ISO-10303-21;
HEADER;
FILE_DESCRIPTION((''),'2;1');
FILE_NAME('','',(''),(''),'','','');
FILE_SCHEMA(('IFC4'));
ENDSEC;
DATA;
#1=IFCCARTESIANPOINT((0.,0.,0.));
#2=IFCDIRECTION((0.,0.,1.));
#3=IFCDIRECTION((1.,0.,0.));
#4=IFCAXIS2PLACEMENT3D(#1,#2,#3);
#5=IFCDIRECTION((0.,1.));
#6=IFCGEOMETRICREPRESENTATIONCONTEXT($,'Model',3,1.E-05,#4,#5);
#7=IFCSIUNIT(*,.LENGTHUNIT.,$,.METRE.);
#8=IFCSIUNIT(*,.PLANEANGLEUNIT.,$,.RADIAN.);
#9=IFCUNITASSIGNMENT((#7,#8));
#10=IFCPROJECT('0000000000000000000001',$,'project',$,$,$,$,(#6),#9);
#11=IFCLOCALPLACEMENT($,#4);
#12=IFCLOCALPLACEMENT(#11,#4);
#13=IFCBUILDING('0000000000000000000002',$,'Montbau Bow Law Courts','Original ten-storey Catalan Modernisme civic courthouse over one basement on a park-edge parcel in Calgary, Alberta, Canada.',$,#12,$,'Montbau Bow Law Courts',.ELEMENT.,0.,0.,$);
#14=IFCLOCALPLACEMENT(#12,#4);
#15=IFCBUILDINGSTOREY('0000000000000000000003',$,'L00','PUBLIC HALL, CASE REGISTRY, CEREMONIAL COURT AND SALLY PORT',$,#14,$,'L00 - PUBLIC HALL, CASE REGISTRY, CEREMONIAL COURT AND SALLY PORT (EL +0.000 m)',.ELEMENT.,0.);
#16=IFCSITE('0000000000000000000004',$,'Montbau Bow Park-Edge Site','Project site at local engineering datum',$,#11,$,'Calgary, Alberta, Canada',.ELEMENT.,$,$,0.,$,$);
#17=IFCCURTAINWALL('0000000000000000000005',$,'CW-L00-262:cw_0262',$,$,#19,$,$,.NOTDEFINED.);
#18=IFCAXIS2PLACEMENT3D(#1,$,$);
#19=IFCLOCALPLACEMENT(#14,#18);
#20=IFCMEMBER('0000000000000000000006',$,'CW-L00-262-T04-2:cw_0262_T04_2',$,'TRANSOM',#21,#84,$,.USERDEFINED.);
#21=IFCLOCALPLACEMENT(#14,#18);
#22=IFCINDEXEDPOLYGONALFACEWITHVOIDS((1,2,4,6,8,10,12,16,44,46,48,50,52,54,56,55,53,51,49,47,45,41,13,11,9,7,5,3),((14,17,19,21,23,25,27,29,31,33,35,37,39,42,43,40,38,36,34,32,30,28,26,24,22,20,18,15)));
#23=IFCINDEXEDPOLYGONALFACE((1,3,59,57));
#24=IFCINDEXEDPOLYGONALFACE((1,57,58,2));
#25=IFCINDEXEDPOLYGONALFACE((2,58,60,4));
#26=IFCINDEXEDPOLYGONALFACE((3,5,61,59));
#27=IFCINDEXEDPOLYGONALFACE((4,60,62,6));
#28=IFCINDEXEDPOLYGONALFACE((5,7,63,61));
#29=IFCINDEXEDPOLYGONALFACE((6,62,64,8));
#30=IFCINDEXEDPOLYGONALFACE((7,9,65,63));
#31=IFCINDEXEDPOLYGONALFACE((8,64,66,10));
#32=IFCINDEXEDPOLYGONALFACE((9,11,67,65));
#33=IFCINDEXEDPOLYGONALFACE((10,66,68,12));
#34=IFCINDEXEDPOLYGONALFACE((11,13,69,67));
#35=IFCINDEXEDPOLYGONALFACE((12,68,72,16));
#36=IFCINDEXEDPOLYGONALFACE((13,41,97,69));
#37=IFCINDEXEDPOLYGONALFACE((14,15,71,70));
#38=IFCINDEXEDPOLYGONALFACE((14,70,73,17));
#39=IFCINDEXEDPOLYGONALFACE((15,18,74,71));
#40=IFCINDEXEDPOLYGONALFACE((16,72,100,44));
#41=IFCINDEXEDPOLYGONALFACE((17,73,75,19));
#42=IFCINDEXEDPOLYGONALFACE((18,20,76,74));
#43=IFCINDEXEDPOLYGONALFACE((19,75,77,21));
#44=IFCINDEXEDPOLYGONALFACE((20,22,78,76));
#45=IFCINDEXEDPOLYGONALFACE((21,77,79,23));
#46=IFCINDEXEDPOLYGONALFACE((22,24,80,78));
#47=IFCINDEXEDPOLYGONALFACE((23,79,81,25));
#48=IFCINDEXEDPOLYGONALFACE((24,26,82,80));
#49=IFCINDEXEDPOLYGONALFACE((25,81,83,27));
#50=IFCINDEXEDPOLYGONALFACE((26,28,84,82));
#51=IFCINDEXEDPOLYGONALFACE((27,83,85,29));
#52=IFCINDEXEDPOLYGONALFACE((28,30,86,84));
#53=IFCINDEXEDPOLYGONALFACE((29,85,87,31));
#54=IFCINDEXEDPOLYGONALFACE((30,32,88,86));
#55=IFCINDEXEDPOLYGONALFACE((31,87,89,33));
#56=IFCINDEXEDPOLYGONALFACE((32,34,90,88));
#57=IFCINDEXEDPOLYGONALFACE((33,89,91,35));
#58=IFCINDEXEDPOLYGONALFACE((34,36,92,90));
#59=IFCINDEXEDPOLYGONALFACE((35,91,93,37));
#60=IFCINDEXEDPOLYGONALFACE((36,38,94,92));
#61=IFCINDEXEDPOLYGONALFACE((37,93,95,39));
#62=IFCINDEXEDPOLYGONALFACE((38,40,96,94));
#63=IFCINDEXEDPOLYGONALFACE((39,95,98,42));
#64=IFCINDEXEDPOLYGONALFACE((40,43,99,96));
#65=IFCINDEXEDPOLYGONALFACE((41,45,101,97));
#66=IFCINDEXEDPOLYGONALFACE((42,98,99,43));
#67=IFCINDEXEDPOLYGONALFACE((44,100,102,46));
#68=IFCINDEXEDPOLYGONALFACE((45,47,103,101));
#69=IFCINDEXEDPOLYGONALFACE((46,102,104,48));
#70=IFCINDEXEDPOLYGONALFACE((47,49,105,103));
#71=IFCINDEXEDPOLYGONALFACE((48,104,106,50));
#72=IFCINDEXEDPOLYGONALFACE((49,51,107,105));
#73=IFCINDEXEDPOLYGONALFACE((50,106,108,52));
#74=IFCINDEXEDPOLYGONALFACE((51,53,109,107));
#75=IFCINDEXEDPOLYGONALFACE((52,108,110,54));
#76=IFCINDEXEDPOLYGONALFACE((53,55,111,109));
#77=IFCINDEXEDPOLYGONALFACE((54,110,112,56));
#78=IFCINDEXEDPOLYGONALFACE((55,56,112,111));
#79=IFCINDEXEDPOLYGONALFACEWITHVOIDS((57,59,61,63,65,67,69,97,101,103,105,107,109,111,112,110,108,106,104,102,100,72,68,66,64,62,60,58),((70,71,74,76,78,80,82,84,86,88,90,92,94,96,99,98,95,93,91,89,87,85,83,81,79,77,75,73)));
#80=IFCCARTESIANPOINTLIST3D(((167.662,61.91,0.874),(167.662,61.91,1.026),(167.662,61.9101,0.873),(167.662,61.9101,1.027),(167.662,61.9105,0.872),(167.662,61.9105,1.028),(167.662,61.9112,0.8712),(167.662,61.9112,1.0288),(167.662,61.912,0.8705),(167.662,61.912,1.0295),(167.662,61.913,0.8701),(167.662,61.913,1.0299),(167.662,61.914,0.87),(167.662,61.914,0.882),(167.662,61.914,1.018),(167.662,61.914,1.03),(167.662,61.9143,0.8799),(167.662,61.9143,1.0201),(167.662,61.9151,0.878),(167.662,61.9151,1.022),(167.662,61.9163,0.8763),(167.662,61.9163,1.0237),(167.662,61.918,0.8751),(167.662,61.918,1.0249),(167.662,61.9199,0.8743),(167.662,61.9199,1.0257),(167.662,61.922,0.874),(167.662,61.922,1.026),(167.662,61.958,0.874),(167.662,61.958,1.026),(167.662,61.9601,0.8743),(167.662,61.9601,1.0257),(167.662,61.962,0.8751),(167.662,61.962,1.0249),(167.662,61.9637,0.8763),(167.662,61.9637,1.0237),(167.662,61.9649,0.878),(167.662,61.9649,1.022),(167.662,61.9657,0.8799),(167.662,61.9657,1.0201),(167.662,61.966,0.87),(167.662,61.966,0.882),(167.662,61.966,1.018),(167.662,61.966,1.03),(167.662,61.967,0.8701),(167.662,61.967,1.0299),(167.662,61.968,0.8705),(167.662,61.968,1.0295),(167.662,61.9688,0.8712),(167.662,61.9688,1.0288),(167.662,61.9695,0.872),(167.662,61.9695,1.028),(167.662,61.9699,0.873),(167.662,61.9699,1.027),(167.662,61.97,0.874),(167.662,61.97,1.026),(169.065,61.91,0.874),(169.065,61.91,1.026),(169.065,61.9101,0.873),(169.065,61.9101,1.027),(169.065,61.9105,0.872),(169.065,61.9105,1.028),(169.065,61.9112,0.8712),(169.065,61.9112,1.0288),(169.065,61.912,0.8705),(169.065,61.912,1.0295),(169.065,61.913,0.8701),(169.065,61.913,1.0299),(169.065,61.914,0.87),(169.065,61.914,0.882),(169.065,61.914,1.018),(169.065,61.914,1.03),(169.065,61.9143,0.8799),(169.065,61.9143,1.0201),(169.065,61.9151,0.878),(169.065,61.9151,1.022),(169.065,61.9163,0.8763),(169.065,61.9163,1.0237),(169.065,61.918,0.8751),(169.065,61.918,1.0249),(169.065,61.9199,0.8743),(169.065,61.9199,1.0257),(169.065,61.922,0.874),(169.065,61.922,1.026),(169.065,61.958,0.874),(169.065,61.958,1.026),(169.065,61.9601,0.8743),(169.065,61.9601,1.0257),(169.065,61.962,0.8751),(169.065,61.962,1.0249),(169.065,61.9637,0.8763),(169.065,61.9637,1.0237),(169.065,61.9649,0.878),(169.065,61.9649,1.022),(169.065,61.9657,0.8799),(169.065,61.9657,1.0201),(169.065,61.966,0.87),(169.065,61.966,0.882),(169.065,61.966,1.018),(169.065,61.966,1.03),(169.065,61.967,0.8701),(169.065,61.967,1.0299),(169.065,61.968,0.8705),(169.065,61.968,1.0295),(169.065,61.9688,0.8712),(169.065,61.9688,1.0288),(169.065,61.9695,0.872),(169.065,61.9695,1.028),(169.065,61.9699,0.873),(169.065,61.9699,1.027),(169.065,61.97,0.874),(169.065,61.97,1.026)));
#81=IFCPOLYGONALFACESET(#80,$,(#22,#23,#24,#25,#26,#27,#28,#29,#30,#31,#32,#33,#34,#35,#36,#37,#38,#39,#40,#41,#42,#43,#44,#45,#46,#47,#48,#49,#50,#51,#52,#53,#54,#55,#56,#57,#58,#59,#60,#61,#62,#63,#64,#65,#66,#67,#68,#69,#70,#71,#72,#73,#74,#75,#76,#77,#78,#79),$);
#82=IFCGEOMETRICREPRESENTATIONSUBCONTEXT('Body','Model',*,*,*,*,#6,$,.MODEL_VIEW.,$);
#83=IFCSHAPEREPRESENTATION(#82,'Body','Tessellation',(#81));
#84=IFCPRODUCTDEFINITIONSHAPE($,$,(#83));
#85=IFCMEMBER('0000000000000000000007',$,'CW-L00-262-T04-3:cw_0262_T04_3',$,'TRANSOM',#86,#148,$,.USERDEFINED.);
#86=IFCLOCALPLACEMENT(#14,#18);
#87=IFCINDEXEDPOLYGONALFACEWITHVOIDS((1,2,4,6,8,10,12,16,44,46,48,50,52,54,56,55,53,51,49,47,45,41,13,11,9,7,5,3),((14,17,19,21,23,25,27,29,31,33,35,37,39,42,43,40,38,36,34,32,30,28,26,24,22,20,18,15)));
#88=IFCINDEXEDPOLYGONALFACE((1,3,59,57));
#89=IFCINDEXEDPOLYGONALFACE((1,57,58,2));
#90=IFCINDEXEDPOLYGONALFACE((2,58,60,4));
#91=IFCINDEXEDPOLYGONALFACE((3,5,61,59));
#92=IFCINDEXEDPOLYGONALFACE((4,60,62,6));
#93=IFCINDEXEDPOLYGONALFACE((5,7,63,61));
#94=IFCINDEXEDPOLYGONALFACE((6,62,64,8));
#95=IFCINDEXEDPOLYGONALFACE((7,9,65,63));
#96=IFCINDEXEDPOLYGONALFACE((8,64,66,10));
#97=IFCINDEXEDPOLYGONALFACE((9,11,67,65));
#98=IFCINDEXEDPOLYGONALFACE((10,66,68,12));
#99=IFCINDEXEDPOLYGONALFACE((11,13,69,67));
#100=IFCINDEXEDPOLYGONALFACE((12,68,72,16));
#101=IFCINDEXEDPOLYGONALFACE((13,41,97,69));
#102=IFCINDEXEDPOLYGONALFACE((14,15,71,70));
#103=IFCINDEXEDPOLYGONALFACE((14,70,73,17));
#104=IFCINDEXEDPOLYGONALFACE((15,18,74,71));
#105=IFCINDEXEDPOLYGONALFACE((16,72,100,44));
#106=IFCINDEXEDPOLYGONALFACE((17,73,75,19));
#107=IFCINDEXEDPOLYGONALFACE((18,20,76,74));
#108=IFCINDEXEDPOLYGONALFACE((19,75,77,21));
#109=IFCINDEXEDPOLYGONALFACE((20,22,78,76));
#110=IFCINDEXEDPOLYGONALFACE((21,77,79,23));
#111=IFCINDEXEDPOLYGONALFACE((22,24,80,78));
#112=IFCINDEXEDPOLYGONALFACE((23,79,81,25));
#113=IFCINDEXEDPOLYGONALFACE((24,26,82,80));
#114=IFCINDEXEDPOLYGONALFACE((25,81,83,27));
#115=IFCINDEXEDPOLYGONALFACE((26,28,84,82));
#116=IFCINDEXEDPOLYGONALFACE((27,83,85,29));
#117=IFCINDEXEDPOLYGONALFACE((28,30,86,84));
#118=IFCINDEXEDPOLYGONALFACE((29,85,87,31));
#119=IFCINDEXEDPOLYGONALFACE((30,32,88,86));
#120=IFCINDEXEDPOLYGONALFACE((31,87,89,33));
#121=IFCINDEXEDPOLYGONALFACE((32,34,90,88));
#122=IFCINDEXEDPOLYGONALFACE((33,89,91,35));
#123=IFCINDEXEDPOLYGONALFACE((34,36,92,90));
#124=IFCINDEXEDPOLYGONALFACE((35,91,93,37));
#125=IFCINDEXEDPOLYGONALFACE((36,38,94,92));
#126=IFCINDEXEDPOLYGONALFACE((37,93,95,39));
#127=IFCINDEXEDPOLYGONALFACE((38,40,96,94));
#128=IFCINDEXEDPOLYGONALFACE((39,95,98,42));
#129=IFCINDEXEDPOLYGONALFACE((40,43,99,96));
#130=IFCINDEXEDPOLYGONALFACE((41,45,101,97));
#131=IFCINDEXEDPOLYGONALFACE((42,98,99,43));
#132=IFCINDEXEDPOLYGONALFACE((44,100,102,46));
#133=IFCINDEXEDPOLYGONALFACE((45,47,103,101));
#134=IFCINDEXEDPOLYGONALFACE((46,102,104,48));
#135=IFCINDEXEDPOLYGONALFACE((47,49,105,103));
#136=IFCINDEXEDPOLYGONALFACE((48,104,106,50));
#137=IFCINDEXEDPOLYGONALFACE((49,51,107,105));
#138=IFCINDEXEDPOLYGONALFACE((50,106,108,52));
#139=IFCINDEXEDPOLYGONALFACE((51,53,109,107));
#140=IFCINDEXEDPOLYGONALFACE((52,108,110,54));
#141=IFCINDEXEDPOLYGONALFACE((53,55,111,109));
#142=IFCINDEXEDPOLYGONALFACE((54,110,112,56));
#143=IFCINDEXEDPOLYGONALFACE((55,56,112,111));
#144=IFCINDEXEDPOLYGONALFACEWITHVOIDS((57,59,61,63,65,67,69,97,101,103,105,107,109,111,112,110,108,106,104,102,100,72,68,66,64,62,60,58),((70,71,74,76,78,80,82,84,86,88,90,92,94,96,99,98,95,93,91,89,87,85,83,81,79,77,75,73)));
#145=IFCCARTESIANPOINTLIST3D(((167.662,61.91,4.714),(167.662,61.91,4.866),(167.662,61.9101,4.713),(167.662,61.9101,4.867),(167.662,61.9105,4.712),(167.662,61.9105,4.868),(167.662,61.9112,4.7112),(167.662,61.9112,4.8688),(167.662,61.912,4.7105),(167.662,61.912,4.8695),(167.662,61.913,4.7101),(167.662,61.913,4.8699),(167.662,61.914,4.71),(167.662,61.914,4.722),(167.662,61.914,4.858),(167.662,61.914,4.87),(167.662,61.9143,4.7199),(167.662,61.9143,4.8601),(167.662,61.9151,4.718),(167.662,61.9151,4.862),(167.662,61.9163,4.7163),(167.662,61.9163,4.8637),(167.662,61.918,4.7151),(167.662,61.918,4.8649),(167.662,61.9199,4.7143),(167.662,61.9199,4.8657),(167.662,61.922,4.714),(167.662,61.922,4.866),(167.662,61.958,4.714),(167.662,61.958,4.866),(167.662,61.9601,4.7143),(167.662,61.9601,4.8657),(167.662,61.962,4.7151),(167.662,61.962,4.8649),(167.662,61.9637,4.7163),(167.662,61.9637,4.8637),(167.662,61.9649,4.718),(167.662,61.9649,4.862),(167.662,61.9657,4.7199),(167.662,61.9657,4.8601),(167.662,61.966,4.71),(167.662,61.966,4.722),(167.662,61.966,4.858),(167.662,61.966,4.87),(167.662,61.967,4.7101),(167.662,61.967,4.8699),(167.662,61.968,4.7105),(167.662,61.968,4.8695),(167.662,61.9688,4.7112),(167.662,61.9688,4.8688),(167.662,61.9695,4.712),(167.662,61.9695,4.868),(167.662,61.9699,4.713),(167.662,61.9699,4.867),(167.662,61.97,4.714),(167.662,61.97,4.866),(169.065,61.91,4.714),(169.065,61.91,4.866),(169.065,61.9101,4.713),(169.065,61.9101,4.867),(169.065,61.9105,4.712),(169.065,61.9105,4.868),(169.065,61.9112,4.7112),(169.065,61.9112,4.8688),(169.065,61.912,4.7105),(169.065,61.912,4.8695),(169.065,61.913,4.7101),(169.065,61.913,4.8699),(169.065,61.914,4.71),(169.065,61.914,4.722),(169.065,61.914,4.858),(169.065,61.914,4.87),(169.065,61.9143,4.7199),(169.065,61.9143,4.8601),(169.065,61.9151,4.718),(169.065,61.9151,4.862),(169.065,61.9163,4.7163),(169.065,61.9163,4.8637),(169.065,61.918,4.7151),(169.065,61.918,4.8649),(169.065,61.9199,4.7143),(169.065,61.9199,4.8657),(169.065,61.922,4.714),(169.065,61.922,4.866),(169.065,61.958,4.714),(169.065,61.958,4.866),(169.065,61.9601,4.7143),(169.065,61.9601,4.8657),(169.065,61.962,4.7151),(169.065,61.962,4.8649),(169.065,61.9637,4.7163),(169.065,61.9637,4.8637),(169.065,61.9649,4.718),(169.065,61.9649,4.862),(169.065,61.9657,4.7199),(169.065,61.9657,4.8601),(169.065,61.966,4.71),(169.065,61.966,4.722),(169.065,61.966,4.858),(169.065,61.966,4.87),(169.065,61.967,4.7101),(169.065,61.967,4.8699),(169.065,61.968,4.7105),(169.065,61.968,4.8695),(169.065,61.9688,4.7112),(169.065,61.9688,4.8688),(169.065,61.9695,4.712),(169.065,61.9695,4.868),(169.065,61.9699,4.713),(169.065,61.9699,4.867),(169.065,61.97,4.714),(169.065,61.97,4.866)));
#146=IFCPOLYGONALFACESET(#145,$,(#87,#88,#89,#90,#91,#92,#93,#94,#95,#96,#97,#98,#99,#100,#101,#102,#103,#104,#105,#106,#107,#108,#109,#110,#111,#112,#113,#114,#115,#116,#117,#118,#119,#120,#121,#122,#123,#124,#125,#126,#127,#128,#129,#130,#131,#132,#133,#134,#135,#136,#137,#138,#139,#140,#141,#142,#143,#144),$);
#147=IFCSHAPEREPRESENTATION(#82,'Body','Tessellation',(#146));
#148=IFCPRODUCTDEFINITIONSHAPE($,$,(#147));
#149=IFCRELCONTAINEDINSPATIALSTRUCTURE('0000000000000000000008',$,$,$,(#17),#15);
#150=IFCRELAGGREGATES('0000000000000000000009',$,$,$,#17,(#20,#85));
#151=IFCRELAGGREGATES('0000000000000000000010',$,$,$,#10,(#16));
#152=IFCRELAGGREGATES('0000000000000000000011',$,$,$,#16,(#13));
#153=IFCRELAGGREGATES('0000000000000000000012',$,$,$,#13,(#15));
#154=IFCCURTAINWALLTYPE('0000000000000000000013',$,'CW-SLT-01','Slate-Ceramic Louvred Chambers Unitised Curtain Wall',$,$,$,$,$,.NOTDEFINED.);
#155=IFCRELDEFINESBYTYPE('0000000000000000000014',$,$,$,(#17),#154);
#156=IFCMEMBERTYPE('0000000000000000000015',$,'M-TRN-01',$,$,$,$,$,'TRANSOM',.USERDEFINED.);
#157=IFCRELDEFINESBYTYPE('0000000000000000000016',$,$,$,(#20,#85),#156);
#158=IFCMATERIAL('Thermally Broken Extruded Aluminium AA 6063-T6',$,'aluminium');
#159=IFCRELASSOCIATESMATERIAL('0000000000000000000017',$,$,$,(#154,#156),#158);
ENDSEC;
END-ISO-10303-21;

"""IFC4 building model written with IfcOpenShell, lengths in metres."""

from ifc_helpers import new_model, si_unit, direction, frame, origin_with_axes, origin_2d_with_axis, place, context, subcontext, project, spatial, hollow_rectangle, extrude, material, material_profile, profile_set, type_object, element, aggregate, save


model = new_model("IFC4")

# Units and contexts
model_context = context("Model", 3, precision=1e-05, world=origin_with_axes(), true_north=direction((0.0, 1.0)))
body_context = subcontext(model_context, "Body", "Model", "MODEL_VIEW")
ifc_project = project(units=[si_unit("LENGTHUNIT", "METRE"), si_unit("PLANEANGLEUNIT", "RADIAN")], contexts=[model_context])

# Site, building, storey
site_placement = place(None, origin_with_axes())
site = spatial("IfcSite", under=ifc_project, at=site_placement, Name="Montbau Bow Park-Edge Site", Description="Project site at local engineering datum", LongName="Calgary, Alberta, Canada", CompositionType="ELEMENT", RefElevation=0.0)
building_placement = place(site_placement, origin_with_axes())
building = spatial("IfcBuilding", under=site, at=building_placement, Name="Montbau Bow Law Courts", Description="Original ten-storey Catalan Modernisme civic courthouse over one basement on a park-edge parcel in Calgary, Alberta, Canada.", LongName="Montbau Bow Law Courts", CompositionType="ELEMENT", ElevationOfRefHeight=0.0, ElevationOfTerrain=0.0)
storey_placement = place(building_placement, origin_with_axes())
storey = spatial("IfcBuildingStorey", under=building, at=storey_placement, Name="L00", Description="PUBLIC HALL, CASE REGISTRY, CEREMONIAL COURT AND SALLY PORT", LongName="L00 - PUBLIC HALL, CASE REGISTRY, CEREMONIAL COURT AND SALLY PORT (EL +0.000 m)", CompositionType="ELEMENT", Elevation=0.0)

# Curtain wall
ifc_material_1 = material(Name="Thermally Broken Extruded Aluminium AA 6063-T6", Category="aluminium")
curtain_wall_type = type_object("IfcCurtainWallType", Name="CW-SLT-01", Description="Slate-Ceramic Louvred Chambers Unitised Curtain Wall", PredefinedType="NOTDEFINED", material=ifc_material_1)
curtain_wall_1_placement = place(None, frame((163.115, 61.94, 0.0), z_axis=(0.0, 0.0, 1.0), x_axis=(1.0, 0.0, 0.0)))
curtain_wall_1 = element("IfcCurtainWall", 1, at=curtain_wall_1_placement, inside=storey, type_object=curtain_wall_type, Name="CW-L00-262:cw_0262", PredefinedType="NOTDEFINED")

# Members
ifc_material_profile_1 = material_profile(ifc_material_1, hollow_rectangle(XDim=0.06, YDim=0.16, WallThickness=0.004, InnerFilletRadius=0.008, OuterFilletRadius=0.004, at=origin_2d_with_axis()), Name="CWT-160X60", Category="Main", Priority=0)
ifc_profile_set_1 = profile_set([ifc_material_profile_1], Name="Thermally Broken Extruded Aluminium AA 6063-T6")
member_type_1 = type_object("IfcMemberType", Name="M-TRN-01", ElementType="TRANSOM", PredefinedType="USERDEFINED", material=ifc_profile_set_1)
member_1_placement = place(None, frame((167.662, 61.94, 0.95), z_axis=(1.0, 0.0, 0.0), x_axis=(0.0, 1.0, 0.0)))
member_1 = element("IfcMember", 2, at=member_1_placement, type_object=member_type_1, Name="CW-L00-262-T04-2:cw_0262_T04_2", ObjectType="TRANSOM", PredefinedType="USERDEFINED", context=body_context, shape_type="SweptSolid", body=[
    extrude(hollow_rectangle(XDim=0.06, YDim=0.16, WallThickness=0.004, InnerFilletRadius=0.008, OuterFilletRadius=0.004, at=origin_2d_with_axis()), origin_with_axes(), (0.0, 0.0, 1.0), 1.403),
])
member_2_placement = place(None, frame((167.662, 61.94, 4.79), z_axis=(1.0, 0.0, 0.0), x_axis=(0.0, 1.0, 0.0)))
member_2 = element("IfcMember", 3, at=member_2_placement, type_object=member_type_1, Name="CW-L00-262-T04-3:cw_0262_T04_3", ObjectType="TRANSOM", PredefinedType="USERDEFINED", context=body_context, shape_type="SweptSolid", body=[
    extrude(hollow_rectangle(XDim=0.06, YDim=0.16, WallThickness=0.004, InnerFilletRadius=0.008, OuterFilletRadius=0.004, at=origin_2d_with_axis()), origin_with_axes(), (0.0, 0.0, 1.0), 1.403),
])

aggregate(curtain_wall_1, [member_1, member_2])

save(model, "model.ifc")
